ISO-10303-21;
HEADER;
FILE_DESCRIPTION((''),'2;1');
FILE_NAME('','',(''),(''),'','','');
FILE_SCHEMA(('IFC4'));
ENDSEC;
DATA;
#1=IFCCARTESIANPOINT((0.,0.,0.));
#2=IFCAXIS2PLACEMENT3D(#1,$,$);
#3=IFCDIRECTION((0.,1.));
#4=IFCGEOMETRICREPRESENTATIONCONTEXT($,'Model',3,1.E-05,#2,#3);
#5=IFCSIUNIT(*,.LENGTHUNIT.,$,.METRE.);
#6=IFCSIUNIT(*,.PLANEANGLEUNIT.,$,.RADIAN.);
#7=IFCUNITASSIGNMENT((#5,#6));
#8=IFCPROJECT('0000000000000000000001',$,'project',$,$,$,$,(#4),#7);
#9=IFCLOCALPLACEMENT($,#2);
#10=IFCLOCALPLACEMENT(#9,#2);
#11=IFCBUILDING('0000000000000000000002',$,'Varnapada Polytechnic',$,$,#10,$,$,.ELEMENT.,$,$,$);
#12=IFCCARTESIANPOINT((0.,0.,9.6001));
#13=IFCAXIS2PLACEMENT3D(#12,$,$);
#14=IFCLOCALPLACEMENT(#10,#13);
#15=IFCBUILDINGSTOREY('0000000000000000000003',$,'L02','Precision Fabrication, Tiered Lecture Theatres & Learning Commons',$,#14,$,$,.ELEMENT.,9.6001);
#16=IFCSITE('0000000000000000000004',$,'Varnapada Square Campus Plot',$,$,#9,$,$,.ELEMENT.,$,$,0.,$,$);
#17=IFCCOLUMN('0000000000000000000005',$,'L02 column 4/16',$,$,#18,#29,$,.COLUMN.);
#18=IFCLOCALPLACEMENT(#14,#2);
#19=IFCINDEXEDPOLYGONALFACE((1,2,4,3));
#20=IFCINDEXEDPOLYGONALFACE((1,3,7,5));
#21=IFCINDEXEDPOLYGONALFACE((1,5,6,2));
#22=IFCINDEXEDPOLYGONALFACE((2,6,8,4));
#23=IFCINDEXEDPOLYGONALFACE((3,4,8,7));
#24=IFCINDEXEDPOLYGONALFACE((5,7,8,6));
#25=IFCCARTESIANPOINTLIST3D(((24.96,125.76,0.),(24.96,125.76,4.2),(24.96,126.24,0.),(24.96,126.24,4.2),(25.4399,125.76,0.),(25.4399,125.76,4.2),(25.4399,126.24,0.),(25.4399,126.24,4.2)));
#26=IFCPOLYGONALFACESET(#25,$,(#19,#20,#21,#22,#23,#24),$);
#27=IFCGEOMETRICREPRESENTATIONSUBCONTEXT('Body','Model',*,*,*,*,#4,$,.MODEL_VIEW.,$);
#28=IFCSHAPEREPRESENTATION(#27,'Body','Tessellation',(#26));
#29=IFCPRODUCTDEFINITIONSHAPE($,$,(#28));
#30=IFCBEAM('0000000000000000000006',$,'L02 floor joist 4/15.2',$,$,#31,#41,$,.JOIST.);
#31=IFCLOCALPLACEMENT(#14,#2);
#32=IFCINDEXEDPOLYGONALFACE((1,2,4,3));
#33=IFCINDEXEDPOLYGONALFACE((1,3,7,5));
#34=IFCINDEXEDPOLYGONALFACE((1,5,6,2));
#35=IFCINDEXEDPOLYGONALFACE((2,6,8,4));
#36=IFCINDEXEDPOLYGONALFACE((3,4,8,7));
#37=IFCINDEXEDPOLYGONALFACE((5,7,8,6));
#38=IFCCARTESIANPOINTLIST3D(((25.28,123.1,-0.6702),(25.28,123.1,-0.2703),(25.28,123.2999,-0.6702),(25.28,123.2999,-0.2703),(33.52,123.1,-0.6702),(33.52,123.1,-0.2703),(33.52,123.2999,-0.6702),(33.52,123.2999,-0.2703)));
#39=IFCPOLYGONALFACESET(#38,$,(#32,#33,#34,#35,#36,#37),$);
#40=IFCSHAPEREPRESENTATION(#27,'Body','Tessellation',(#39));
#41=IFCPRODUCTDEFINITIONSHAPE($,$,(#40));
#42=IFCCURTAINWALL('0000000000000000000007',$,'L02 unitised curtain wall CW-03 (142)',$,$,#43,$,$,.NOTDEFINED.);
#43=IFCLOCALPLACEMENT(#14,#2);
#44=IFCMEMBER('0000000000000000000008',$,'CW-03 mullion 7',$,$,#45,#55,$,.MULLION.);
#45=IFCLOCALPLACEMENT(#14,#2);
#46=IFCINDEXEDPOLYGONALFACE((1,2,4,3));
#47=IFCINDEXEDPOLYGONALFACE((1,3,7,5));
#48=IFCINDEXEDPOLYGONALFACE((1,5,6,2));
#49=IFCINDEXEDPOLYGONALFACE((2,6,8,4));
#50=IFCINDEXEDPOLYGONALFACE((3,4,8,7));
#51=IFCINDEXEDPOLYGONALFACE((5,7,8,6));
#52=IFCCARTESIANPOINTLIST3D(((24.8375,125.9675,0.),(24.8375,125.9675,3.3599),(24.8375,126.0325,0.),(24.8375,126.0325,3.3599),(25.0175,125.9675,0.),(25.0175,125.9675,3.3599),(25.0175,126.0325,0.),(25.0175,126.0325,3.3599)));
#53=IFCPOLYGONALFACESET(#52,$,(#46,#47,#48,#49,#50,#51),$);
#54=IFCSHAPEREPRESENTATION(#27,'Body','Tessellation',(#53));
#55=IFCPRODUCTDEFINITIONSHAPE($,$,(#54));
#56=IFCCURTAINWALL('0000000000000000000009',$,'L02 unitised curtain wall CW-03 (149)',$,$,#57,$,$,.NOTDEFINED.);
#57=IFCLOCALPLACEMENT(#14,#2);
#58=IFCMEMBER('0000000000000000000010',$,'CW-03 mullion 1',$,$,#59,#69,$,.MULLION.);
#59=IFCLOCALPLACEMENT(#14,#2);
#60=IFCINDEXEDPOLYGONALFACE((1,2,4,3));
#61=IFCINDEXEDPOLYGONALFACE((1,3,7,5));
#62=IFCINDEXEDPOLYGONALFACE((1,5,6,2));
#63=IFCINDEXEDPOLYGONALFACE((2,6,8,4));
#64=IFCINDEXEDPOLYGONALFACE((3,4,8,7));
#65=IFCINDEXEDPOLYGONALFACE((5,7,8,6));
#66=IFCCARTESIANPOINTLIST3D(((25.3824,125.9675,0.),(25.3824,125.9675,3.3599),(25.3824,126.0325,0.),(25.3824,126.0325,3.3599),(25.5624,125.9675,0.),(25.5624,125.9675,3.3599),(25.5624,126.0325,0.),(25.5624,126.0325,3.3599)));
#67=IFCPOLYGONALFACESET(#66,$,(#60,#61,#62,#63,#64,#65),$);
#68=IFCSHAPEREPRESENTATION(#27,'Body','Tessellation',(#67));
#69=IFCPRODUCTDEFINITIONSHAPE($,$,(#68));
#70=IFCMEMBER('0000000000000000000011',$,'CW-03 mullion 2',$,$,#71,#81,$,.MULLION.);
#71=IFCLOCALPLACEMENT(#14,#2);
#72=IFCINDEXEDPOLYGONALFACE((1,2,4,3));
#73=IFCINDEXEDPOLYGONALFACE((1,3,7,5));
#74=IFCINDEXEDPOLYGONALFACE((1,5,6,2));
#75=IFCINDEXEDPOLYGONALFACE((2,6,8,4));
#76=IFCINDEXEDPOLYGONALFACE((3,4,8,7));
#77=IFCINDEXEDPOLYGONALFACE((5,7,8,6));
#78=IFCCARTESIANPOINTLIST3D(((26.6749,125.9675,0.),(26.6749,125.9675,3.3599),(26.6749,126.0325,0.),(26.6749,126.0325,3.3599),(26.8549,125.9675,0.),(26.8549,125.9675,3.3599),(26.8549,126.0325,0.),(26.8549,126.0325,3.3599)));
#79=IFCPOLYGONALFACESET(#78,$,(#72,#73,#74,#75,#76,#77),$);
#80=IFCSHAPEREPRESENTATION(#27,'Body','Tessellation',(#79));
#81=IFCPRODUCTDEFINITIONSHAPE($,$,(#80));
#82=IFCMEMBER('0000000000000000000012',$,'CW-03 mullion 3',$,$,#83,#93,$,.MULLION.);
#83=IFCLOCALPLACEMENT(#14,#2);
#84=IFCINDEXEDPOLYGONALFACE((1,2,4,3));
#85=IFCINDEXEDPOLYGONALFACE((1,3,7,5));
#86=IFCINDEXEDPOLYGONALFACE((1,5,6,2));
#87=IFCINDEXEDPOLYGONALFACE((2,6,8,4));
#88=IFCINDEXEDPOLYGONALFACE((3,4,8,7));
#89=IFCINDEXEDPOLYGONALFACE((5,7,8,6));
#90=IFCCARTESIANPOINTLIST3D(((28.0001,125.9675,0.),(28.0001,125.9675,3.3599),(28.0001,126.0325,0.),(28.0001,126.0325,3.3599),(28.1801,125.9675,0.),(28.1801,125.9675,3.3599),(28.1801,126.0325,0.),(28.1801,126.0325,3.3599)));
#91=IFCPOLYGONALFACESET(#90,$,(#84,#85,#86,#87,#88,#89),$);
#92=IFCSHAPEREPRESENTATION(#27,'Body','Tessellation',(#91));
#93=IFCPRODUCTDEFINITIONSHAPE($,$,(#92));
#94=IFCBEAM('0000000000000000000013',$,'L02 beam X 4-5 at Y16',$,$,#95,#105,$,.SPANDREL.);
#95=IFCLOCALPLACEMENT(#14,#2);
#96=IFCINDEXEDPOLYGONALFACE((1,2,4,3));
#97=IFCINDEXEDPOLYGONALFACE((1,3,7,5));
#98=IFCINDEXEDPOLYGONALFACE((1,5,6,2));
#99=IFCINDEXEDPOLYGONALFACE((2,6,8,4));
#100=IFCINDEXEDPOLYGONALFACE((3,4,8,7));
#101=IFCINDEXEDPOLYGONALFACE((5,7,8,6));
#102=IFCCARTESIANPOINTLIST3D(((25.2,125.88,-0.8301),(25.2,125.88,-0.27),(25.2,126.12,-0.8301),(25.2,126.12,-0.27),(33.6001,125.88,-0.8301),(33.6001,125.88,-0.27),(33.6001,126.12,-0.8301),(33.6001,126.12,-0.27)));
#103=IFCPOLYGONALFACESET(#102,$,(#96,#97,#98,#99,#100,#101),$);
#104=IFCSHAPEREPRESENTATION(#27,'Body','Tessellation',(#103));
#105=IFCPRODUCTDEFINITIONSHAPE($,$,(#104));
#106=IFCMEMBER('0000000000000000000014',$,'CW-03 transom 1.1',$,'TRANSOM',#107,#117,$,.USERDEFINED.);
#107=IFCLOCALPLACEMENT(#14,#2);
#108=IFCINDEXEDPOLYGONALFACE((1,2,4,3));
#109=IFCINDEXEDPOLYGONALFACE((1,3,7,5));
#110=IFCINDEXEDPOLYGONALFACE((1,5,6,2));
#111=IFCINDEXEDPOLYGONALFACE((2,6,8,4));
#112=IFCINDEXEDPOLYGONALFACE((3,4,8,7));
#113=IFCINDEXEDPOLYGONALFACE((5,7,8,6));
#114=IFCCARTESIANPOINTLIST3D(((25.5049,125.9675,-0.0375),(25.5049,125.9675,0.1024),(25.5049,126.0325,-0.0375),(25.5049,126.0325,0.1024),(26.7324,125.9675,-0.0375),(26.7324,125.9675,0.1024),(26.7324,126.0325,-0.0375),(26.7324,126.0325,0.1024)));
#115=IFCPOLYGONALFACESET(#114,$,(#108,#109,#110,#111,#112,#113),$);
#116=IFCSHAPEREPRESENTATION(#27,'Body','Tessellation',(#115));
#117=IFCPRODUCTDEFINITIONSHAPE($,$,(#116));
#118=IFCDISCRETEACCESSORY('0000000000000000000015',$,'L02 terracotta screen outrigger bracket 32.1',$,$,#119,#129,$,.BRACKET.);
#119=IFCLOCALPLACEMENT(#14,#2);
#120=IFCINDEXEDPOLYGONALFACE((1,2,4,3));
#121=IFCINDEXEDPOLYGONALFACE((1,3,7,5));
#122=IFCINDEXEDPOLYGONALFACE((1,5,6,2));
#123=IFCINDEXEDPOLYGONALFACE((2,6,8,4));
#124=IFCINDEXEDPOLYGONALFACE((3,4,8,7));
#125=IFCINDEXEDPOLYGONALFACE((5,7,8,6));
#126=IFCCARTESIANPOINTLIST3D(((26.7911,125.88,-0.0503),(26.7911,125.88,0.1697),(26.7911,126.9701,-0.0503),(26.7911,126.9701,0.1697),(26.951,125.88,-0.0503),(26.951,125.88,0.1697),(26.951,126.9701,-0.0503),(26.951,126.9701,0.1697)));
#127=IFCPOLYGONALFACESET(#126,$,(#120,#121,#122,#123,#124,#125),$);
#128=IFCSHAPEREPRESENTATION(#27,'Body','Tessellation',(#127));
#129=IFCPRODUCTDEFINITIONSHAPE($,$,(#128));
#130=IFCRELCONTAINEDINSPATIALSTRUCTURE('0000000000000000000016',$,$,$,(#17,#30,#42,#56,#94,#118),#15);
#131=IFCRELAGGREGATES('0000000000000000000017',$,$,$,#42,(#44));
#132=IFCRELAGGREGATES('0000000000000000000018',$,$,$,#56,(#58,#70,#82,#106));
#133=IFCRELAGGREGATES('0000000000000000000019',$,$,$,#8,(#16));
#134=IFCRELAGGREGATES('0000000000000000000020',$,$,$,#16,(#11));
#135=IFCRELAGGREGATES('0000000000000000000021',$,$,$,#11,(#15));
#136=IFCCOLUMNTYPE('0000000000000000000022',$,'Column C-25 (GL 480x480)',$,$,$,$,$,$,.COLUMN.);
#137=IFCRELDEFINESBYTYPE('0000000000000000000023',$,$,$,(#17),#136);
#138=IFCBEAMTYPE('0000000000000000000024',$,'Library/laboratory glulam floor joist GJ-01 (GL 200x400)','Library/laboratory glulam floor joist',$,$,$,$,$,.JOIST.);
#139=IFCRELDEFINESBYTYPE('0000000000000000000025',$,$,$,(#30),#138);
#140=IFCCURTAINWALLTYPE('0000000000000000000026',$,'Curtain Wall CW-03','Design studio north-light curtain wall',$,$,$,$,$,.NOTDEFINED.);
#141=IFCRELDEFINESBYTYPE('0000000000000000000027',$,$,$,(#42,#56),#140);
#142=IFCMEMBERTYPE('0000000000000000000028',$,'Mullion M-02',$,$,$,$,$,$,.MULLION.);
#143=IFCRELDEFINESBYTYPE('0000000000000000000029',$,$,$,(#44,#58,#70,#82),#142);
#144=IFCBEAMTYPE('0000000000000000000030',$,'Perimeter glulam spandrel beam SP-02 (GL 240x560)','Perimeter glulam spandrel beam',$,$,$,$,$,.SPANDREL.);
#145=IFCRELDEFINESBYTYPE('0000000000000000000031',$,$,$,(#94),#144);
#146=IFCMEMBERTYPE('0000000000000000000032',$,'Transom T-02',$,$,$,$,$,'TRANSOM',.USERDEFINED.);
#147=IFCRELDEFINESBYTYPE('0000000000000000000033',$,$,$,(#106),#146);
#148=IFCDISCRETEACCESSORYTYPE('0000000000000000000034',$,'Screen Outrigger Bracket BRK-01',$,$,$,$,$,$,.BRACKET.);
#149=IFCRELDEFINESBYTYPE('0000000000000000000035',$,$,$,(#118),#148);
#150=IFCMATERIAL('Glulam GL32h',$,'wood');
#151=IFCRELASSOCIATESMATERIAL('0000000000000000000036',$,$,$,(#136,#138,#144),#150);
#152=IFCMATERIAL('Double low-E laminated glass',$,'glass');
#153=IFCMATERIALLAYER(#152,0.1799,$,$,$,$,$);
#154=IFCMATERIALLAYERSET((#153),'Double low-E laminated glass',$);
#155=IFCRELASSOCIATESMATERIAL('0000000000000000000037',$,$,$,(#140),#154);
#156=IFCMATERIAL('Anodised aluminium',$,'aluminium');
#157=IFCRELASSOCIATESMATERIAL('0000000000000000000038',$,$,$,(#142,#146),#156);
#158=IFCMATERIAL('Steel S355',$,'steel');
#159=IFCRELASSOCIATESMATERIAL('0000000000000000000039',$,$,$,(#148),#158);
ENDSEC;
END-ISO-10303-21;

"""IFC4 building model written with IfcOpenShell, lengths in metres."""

from ifc_helpers import new_model, si_unit, direction, frame, origin, origin_2d, place, context, subcontext, project, spatial, rectangle, extrude, material, layer, layer_set, material_profile, profile_set, type_object, element, aggregate, save


model = new_model("IFC4")

# Units and contexts
model_context = context("Model", 3, precision=1e-05, world=origin(), true_north=direction((0.0, 1.0)))
body_context = subcontext(model_context, "Body", "Model", "MODEL_VIEW")
ifc_project = project(units=[si_unit("LENGTHUNIT", "METRE"), si_unit("PLANEANGLEUNIT", "RADIAN")], contexts=[model_context])

# Site, building, storey
site_placement = place(None, origin())
site = spatial("IfcSite", under=ifc_project, at=site_placement, Name="Varnapada Square Campus Plot", CompositionType="ELEMENT", RefElevation=0.0)
building_placement = place(site_placement, origin())
building = spatial("IfcBuilding", under=site, at=building_placement, Name="Varnapada Polytechnic", CompositionType="ELEMENT")
storey_placement = place(building_placement, frame((0.0, 0.0, 9.6001)))
storey = spatial("IfcBuildingStorey", under=building, at=storey_placement, Name="L02", Description="Precision Fabrication, Tiered Lecture Theatres & Learning Commons", CompositionType="ELEMENT", Elevation=9.6001)

# Column
ifc_material_1 = material(Name="Glulam GL32h", Category="wood")
ifc_material_profile_1 = material_profile(ifc_material_1, rectangle(XDim=0.48, YDim=0.48, at=origin_2d()), Name="GL 480x480")
ifc_profile_set_1 = profile_set([ifc_material_profile_1], Name="Glulam GL32h")
column_type = type_object("IfcColumnType", Name="Column C-25 (GL 480x480)", PredefinedType="COLUMN", material=ifc_profile_set_1)
column_placement = place(storey_placement, frame((25.2, 126.0, 0.0), z_axis=(0.0, 0.0, 1.0), x_axis=(1.0, 0.0, 0.0)))
element("IfcColumn", 1, at=column_placement, inside=storey, type_object=column_type, Name="L02 column 4/16", PredefinedType="COLUMN", context=body_context, shape_type="SweptSolid", body=[
    extrude(rectangle(XDim=0.48, YDim=0.48, at=origin_2d()), origin(), (0.0, 0.0, 1.0), 4.2),
])

# Beam
ifc_material_profile_2 = material_profile(ifc_material_1, rectangle(XDim=0.2, YDim=0.3999, at=origin_2d()), Name="GL 200x400")
ifc_profile_set_2 = profile_set([ifc_material_profile_2], Name="Glulam GL32h")
beam_type_1 = type_object("IfcBeamType", Name="Library/laboratory glulam floor joist GJ-01 (GL 200x400)", Description="Library/laboratory glulam floor joist", PredefinedType="JOIST", material=ifc_profile_set_2)
beam_1_placement = place(storey_placement, frame((25.28, 123.2, -0.4702), z_axis=(1.0, 0.0, 0.0), x_axis=(0.0, 1.0, 0.0)))
element("IfcBeam", 2, at=beam_1_placement, inside=storey, type_object=beam_type_1, Name="L02 floor joist 4/15.2", PredefinedType="JOIST", context=body_context, shape_type="SweptSolid", body=[
    extrude(rectangle(XDim=0.2, YDim=0.3999, at=origin_2d()), origin(), (0.0, 0.0, 1.0), 8.24),
])

# Curtain wall, member
ifc_material_2 = material(Name="Double low-E laminated glass", Category="glass")
ifc_layer_1 = layer(ifc_material_2, 0.1799)
ifc_layer_set_1 = layer_set([ifc_layer_1], Name="Double low-E laminated glass")
curtain_wall_type = type_object("IfcCurtainWallType", Name="Curtain Wall CW-03", Description="Design studio north-light curtain wall", PredefinedType="NOTDEFINED", material=ifc_layer_set_1)
curtain_wall_1_placement = place(storey_placement, origin())
curtain_wall_1 = element("IfcCurtainWall", 3, at=curtain_wall_1_placement, inside=storey, type_object=curtain_wall_type, Name="L02 unitised curtain wall CW-03 (142)", PredefinedType="NOTDEFINED")
ifc_material_3 = material(Name="Anodised aluminium", Category="aluminium")
ifc_material_profile_3 = material_profile(ifc_material_3, rectangle(XDim=0.0649, YDim=0.1799, at=origin_2d()), Name="ALU M65x180")
ifc_profile_set_3 = profile_set([ifc_material_profile_3], Name="Anodised aluminium")
member_type_1 = type_object("IfcMemberType", Name="Mullion M-02", PredefinedType="MULLION", material=ifc_profile_set_3)
member_1_placement = place(storey_placement, frame((24.9275, 126.0, 0.0), z_axis=(0.0, 0.0, 1.0), x_axis=(0.0, 1.0, 0.0)))
member_1 = element("IfcMember", 4, at=member_1_placement, type_object=member_type_1, Name="CW-03 mullion 7", PredefinedType="MULLION", context=body_context, shape_type="SweptSolid", body=[
    extrude(rectangle(XDim=0.0649, YDim=0.1799, at=origin_2d()), origin(), (0.0, 0.0, 1.0), 3.3599),
])
aggregate(curtain_wall_1, [member_1])

# Curtain wall, members
curtain_wall_2_placement = place(storey_placement, origin())
curtain_wall_2 = element("IfcCurtainWall", 5, at=curtain_wall_2_placement, inside=storey, type_object=curtain_wall_type, Name="L02 unitised curtain wall CW-03 (149)", PredefinedType="NOTDEFINED")
member_2_placement = place(storey_placement, frame((25.4724, 126.0, 0.0), z_axis=(0.0, 0.0, 1.0), x_axis=(0.0, 1.0, 0.0)))
member_2 = element("IfcMember", 6, at=member_2_placement, type_object=member_type_1, Name="CW-03 mullion 1", PredefinedType="MULLION", context=body_context, shape_type="SweptSolid", body=[
    extrude(rectangle(XDim=0.0649, YDim=0.1799, at=origin_2d()), origin(), (0.0, 0.0, 1.0), 3.3599),
])
member_3_placement = place(storey_placement, frame((26.7649, 126.0, 0.0), z_axis=(0.0, 0.0, 1.0), x_axis=(0.0, 1.0, 0.0)))
member_3 = element("IfcMember", 7, at=member_3_placement, type_object=member_type_1, Name="CW-03 mullion 2", PredefinedType="MULLION", context=body_context, shape_type="SweptSolid", body=[
    extrude(rectangle(XDim=0.0649, YDim=0.1799, at=origin_2d()), origin(), (0.0, 0.0, 1.0), 3.3599),
])
member_4_placement = place(storey_placement, frame((28.0901, 126.0, 0.0), z_axis=(0.0, 0.0, 1.0), x_axis=(0.0, 1.0, 0.0)))
member_4 = element("IfcMember", 8, at=member_4_placement, type_object=member_type_1, Name="CW-03 mullion 3", PredefinedType="MULLION", context=body_context, shape_type="SweptSolid", body=[
    extrude(rectangle(XDim=0.0649, YDim=0.1799, at=origin_2d()), origin(), (0.0, 0.0, 1.0), 3.3599),
])

# Beam
ifc_material_profile_4 = material_profile(ifc_material_1, rectangle(XDim=0.24, YDim=0.5601, at=origin_2d()), Name="GL 240x560")
ifc_profile_set_4 = profile_set([ifc_material_profile_4], Name="Glulam GL32h")
beam_type_2 = type_object("IfcBeamType", Name="Perimeter glulam spandrel beam SP-02 (GL 240x560)", Description="Perimeter glulam spandrel beam", PredefinedType="SPANDREL", material=ifc_profile_set_4)
beam_2_placement = place(storey_placement, frame((25.2, 126.0, -0.55), z_axis=(1.0, 0.0, 0.0), x_axis=(0.0, 1.0, 0.0)))
element("IfcBeam", 9, at=beam_2_placement, inside=storey, type_object=beam_type_2, Name="L02 beam X 4-5 at Y16", PredefinedType="SPANDREL", context=body_context, shape_type="SweptSolid", body=[
    extrude(rectangle(XDim=0.24, YDim=0.5601, at=origin_2d()), origin(), (0.0, 0.0, 1.0), 8.4001),
])

# Member
ifc_material_profile_5 = material_profile(ifc_material_3, rectangle(XDim=0.0649, YDim=0.1399, at=origin_2d()), Name="ALU T65x140")
ifc_profile_set_5 = profile_set([ifc_material_profile_5], Name="Anodised aluminium")
member_type_2 = type_object("IfcMemberType", Name="Transom T-02", ElementType="TRANSOM", PredefinedType="USERDEFINED", material=ifc_profile_set_5)
member_5_placement = place(storey_placement, frame((25.5049, 126.0, 0.0325), z_axis=(1.0, 0.0, 0.0), x_axis=(0.0, 1.0, 0.0)))
member_5 = element("IfcMember", 10, at=member_5_placement, type_object=member_type_2, Name="CW-03 transom 1.1", ObjectType="TRANSOM", PredefinedType="USERDEFINED", context=body_context, shape_type="SweptSolid", body=[
    extrude(rectangle(XDim=0.0649, YDim=0.1399, at=origin_2d()), origin(), (0.0, 0.0, 1.0), 1.2275),
])
aggregate(curtain_wall_2, [member_2, member_3, member_4, member_5])

# Discrete accessory
ifc_material_4 = material(Name="Steel S355", Category="steel")
discrete_accessory_type = type_object("IfcDiscreteAccessoryType", Name="Screen Outrigger Bracket BRK-01", PredefinedType="BRACKET", material=ifc_material_4)
discrete_accessory_placement = place(storey_placement, frame((26.8711, 126.425, -0.0503), z_axis=(0.0, 0.0, 1.0), x_axis=(1.0, 0.0, 0.0)))
element("IfcDiscreteAccessory", 11, at=discrete_accessory_placement, inside=storey, type_object=discrete_accessory_type, Name="L02 terracotta screen outrigger bracket 32.1", PredefinedType="BRACKET", context=body_context, shape_type="SweptSolid", body=[
    extrude(rectangle(XDim=0.1599, YDim=1.0901, at=origin_2d()), origin(), (0.0, 0.0, 1.0), 0.22),
])

save(model, "model.ifc")
